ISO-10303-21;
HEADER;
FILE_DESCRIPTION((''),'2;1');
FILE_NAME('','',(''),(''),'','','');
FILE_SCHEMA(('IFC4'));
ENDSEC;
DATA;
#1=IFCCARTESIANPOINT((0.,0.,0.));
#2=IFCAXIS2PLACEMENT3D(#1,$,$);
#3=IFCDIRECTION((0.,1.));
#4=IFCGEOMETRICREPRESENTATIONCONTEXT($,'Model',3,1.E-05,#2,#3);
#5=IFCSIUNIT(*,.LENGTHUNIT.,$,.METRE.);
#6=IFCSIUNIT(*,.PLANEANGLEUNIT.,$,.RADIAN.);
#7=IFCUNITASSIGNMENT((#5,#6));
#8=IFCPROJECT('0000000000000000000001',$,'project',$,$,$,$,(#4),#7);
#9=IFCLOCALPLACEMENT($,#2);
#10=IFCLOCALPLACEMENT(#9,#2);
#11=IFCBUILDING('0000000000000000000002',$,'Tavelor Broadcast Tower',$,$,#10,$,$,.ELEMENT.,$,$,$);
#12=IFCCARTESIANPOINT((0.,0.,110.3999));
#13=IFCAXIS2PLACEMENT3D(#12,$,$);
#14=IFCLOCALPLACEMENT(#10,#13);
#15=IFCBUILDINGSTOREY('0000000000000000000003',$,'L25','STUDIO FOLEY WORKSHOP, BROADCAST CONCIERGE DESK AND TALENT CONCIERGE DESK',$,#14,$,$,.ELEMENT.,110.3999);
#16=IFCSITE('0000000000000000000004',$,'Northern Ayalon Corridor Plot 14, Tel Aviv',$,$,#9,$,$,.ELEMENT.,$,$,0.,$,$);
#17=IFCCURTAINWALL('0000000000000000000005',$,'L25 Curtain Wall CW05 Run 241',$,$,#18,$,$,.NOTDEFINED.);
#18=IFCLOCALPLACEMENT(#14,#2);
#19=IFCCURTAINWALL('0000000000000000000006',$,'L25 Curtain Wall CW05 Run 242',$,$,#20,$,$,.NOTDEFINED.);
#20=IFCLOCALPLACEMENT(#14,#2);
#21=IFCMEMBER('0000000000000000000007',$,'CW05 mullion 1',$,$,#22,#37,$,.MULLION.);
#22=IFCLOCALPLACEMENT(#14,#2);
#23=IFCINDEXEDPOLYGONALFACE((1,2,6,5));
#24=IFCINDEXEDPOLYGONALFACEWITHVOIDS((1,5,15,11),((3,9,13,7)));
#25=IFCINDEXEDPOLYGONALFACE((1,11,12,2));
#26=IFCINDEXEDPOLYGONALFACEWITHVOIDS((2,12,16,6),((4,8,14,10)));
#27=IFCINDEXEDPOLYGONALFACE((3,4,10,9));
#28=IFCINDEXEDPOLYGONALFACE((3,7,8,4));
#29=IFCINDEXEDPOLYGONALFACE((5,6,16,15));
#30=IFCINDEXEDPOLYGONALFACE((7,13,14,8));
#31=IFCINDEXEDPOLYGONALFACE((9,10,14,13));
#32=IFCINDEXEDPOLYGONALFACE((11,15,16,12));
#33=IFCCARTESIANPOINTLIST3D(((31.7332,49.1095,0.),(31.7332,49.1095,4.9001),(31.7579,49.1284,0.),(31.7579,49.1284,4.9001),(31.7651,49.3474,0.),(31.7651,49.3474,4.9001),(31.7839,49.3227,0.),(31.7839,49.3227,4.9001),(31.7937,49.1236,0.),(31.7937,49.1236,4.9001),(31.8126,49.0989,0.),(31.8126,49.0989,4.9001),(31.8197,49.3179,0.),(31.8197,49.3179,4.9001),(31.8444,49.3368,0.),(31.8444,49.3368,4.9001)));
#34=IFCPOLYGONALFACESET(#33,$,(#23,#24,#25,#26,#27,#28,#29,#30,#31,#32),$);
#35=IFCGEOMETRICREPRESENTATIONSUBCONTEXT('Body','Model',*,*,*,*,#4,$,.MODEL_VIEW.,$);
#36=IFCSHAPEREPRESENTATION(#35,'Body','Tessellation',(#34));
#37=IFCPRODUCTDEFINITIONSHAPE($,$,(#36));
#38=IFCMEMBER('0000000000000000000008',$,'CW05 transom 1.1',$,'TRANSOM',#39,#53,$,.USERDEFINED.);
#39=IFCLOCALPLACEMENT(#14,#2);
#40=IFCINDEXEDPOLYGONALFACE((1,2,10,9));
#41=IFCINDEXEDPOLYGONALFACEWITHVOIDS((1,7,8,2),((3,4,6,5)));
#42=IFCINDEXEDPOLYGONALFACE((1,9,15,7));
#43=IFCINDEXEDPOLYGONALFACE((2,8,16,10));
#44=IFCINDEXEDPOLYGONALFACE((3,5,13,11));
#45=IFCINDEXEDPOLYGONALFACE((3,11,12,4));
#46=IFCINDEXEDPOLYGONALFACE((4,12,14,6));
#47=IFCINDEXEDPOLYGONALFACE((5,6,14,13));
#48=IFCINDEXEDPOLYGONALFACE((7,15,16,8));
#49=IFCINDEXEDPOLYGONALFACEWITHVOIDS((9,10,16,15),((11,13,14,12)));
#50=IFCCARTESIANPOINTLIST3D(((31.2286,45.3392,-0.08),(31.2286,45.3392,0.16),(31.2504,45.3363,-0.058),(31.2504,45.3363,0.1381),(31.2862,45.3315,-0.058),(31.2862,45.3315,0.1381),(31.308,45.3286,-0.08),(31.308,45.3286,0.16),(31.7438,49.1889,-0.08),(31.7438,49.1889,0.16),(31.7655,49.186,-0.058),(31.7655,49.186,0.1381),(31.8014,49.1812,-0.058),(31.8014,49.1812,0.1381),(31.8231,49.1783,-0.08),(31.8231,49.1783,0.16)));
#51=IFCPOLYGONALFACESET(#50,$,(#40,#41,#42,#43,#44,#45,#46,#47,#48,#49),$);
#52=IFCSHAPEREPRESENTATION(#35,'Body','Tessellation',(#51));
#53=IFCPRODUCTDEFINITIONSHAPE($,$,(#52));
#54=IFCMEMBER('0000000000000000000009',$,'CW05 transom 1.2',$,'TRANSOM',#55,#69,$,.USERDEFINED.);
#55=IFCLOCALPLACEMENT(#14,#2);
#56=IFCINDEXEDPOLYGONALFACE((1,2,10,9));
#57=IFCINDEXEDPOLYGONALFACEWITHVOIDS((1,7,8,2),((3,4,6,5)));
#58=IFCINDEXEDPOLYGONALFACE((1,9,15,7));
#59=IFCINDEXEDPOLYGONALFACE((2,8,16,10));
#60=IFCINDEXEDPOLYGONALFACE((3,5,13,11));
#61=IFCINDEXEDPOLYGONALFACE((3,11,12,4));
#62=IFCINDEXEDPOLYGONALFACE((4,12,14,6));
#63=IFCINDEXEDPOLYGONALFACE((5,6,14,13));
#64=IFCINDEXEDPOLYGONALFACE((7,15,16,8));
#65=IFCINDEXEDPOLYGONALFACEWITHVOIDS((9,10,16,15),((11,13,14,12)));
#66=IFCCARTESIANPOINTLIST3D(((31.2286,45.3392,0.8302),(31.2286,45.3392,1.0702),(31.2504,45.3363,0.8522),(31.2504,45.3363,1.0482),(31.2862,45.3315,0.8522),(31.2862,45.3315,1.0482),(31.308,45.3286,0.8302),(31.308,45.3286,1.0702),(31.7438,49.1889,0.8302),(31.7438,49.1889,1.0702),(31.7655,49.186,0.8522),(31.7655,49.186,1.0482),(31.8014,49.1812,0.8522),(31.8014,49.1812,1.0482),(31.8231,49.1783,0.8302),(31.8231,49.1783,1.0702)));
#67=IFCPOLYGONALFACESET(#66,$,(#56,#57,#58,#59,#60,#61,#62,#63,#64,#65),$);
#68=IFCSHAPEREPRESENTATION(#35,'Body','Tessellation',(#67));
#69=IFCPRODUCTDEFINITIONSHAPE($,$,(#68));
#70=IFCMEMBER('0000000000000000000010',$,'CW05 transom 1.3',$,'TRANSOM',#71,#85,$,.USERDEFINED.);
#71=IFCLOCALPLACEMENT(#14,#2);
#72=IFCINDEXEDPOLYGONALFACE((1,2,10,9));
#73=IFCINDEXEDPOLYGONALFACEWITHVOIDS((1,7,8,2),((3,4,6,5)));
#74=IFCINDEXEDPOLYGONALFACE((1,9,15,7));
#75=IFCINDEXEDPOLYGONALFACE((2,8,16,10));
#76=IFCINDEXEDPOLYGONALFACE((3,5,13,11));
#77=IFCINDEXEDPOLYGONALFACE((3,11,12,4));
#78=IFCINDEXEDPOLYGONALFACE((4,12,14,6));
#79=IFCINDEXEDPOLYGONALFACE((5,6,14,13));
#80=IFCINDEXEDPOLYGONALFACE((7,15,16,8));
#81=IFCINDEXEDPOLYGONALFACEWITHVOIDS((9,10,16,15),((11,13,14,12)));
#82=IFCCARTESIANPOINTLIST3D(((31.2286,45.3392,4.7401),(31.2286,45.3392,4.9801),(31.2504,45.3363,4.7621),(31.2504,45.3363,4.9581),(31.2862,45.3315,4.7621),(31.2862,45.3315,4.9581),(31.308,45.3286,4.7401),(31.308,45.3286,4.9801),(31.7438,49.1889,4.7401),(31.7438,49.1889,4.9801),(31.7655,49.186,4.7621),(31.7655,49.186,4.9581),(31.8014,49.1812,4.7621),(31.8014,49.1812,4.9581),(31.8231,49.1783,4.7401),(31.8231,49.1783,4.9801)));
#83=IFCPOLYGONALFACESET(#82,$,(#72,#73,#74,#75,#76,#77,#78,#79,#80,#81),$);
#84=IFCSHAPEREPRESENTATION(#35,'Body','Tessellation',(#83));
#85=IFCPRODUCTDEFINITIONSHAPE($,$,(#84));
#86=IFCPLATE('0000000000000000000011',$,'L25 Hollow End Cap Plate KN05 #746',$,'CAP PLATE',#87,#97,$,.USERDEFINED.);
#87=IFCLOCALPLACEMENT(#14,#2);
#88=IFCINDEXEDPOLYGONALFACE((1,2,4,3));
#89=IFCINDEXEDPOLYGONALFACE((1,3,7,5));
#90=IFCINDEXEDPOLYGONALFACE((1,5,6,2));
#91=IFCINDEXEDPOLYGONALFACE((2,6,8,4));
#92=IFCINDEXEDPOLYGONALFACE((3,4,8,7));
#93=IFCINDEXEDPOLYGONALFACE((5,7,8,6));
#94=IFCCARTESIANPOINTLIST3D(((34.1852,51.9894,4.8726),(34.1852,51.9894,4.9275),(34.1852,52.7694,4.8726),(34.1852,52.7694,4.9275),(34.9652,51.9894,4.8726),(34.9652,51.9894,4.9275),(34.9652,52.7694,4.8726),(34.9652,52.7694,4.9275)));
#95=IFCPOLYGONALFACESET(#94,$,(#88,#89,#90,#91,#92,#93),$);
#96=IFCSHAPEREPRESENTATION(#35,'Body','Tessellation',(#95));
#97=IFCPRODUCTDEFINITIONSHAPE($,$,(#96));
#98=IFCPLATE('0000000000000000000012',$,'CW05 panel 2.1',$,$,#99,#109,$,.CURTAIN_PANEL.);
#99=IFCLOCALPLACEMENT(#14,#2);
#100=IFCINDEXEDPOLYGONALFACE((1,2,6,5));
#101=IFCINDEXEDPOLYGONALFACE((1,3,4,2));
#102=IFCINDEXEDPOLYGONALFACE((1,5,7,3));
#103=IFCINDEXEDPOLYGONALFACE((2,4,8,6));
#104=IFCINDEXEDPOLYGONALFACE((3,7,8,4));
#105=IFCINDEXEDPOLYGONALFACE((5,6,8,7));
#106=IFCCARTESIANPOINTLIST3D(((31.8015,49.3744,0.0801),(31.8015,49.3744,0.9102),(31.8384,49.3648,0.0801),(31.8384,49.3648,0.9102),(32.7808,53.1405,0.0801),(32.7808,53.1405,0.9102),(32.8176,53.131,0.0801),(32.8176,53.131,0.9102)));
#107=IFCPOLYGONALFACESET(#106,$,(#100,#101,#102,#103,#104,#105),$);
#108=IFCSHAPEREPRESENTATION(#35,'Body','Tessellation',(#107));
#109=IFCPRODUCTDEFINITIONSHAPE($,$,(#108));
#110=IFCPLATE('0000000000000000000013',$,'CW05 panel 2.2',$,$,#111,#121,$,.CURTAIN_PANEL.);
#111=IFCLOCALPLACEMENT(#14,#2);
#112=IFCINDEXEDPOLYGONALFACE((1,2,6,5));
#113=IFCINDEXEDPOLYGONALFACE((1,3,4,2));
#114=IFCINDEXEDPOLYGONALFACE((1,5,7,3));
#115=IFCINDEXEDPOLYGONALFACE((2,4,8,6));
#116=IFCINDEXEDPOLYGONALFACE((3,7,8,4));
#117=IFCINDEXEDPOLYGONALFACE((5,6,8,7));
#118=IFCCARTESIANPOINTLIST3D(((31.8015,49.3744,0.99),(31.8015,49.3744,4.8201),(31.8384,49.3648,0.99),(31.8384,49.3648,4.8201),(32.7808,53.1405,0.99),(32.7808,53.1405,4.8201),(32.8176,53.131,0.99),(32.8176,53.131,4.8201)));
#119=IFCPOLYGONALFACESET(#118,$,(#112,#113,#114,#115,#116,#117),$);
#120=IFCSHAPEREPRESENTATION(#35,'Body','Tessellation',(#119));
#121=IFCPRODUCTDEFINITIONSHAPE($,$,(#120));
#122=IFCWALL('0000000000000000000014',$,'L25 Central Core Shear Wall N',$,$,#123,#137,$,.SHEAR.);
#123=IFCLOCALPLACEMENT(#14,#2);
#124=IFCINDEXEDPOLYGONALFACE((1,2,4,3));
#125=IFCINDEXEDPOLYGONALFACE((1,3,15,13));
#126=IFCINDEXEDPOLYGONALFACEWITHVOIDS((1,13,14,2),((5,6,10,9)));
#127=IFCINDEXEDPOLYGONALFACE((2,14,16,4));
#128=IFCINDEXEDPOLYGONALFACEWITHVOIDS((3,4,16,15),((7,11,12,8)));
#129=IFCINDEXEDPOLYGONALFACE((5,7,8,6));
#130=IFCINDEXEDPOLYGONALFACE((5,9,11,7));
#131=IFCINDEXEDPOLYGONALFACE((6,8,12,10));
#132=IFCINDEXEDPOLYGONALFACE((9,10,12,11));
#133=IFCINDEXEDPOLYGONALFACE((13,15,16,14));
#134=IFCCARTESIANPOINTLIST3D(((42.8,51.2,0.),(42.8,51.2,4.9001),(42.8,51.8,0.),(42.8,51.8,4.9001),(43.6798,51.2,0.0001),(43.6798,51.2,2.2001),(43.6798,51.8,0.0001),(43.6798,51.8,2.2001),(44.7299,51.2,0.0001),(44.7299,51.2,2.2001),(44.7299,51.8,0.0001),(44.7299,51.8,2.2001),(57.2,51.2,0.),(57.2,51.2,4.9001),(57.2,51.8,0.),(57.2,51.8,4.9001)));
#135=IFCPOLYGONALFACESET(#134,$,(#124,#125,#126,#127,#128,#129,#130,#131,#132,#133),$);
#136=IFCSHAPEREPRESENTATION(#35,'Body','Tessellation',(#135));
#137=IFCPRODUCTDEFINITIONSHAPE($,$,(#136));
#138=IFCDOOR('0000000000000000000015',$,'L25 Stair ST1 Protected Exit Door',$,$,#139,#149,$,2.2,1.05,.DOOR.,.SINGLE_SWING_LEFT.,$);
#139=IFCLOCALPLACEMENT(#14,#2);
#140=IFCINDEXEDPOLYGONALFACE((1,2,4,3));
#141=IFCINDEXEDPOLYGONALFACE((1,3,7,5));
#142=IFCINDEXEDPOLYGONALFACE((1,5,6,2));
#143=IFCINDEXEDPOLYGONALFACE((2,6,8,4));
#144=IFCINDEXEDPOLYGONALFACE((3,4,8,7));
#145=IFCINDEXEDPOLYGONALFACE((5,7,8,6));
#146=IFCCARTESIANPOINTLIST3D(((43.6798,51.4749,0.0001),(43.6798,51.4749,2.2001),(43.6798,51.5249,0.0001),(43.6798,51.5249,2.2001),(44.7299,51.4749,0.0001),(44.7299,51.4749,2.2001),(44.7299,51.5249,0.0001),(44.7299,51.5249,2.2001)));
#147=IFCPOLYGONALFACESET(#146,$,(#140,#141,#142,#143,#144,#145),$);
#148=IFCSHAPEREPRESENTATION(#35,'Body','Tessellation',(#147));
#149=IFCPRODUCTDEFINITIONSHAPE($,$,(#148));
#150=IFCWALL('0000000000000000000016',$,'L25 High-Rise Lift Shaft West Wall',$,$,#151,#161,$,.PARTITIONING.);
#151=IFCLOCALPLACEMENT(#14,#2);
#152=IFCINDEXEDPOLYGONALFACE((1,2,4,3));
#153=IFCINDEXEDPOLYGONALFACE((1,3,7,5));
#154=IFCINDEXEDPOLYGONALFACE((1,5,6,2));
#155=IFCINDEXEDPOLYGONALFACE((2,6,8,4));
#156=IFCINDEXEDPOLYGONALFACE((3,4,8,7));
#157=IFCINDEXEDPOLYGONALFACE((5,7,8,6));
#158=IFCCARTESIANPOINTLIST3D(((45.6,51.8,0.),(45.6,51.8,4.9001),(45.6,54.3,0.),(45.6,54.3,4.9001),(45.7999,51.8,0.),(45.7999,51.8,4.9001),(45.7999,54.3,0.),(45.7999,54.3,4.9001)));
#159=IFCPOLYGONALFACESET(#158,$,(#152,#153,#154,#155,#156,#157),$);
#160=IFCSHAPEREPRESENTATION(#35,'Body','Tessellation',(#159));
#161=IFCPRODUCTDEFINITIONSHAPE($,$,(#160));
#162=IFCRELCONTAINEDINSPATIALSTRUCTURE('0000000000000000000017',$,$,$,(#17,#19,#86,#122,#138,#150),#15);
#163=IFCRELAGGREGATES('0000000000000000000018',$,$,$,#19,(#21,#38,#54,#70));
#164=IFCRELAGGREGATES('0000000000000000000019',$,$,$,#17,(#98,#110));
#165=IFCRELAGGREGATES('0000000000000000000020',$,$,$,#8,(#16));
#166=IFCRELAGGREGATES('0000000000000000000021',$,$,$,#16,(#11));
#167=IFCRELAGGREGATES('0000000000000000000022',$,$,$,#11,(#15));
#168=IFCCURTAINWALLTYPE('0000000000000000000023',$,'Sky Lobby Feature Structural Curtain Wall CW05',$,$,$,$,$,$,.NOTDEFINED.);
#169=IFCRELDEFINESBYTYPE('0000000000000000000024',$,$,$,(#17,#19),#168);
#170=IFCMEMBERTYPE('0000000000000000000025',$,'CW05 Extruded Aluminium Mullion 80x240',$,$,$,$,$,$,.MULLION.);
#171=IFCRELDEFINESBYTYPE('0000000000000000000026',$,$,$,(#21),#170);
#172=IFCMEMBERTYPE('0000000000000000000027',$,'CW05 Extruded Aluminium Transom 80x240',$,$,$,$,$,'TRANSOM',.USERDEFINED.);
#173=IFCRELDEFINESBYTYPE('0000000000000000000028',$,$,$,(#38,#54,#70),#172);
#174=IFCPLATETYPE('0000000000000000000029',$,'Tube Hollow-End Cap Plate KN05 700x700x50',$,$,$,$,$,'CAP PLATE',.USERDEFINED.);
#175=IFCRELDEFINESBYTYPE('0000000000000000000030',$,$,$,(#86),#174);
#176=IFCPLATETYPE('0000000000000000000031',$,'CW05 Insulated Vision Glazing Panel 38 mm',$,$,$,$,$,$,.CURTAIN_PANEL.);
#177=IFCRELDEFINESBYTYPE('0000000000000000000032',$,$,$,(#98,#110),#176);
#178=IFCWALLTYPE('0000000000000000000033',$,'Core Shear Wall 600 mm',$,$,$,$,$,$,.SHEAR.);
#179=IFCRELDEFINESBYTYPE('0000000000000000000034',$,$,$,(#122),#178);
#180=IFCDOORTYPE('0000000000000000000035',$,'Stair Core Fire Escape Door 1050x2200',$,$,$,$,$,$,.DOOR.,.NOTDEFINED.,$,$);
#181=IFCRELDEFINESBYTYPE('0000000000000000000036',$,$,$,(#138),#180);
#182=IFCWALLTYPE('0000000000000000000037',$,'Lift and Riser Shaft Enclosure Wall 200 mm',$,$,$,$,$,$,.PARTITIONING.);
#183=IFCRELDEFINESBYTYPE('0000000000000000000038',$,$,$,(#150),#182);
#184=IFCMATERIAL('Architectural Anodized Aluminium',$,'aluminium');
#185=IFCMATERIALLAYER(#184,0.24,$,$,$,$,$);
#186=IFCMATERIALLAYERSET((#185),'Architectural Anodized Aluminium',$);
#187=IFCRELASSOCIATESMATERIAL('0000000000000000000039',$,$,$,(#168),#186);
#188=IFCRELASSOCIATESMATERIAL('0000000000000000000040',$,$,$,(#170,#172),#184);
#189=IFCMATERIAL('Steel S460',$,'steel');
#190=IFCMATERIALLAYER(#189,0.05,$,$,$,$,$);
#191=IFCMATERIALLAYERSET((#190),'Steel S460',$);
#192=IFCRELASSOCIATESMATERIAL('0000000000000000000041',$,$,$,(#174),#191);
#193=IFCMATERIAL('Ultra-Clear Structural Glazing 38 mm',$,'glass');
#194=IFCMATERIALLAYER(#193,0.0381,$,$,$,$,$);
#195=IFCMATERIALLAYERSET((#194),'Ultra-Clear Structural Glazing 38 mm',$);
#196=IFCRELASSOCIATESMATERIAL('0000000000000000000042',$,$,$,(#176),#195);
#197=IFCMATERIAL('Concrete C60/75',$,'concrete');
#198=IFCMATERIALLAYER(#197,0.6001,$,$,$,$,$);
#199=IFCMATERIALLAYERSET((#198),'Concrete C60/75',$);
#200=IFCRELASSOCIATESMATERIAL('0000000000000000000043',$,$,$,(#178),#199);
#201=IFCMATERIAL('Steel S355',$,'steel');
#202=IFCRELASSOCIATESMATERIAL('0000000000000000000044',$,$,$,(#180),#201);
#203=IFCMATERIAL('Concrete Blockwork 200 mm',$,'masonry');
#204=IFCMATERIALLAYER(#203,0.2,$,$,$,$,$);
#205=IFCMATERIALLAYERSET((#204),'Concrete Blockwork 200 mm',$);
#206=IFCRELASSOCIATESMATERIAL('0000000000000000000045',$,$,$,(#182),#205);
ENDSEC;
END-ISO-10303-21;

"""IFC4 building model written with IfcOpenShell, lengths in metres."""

from ifc_helpers import new_model, si_unit, direction, frame, frame_2d, origin, origin_2d, place, context, subcontext, project, spatial, rectangle, hollow_rectangle, extrude, source, transform, mapped, material, layer, layer_set, material_profile, profile_set, type_object, type_shapes, element, fill, aggregate, save


model = new_model("IFC4")

# Units and contexts
model_context = context("Model", 3, precision=1e-05, world=origin(), true_north=direction((0.0, 1.0)))
body_context = subcontext(model_context, "Body", "Model", "MODEL_VIEW")
ifc_project = project(units=[si_unit("LENGTHUNIT", "METRE"), si_unit("PLANEANGLEUNIT", "RADIAN")], contexts=[model_context])

# Site, building, storey
site_placement = place(None, origin())
site = spatial("IfcSite", under=ifc_project, at=site_placement, Name="Northern Ayalon Corridor Plot 14, Tel Aviv", CompositionType="ELEMENT", RefElevation=0.0)
building_placement = place(site_placement, origin())
building = spatial("IfcBuilding", under=site, at=building_placement, Name="Tavelor Broadcast Tower", CompositionType="ELEMENT")
storey_placement = place(building_placement, frame((0.0, 0.0, 110.3999)))
storey = spatial("IfcBuildingStorey", under=building, at=storey_placement, Name="L25", Description="STUDIO FOLEY WORKSHOP, BROADCAST CONCIERGE DESK AND TALENT CONCIERGE DESK", CompositionType="ELEMENT", Elevation=110.3999)

# Shared definitions
ifc_material_1 = material(Name="Steel S460", Category="steel")

# Shared definitions
ifc_material_2 = material(Name="Steel S355", Category="steel")

# Curtain wall
ifc_material_3 = material(Name="Architectural Anodized Aluminium", Category="aluminium")
ifc_layer_1 = layer(ifc_material_3, 0.24)
ifc_layer_set_1 = layer_set([ifc_layer_1], Name="Architectural Anodized Aluminium")
curtain_wall_type = type_object("IfcCurtainWallType", Name="Sky Lobby Feature Structural Curtain Wall CW05", PredefinedType="NOTDEFINED", material=ifc_layer_set_1)
curtain_wall_1_placement = place(storey_placement, origin())
curtain_wall_1 = element("IfcCurtainWall", 1, at=curtain_wall_1_placement, inside=storey, type_object=curtain_wall_type, Name="L25 Curtain Wall CW05 Run 241", PredefinedType="NOTDEFINED")
ifc_material_profile_1 = material_profile(ifc_material_3, hollow_rectangle(XDim=0.0801, YDim=0.24, WallThickness=0.022, at=origin_2d()), Name="RHS 80x240x22")
ifc_profile_set_1 = profile_set([ifc_material_profile_1], Name="Architectural Anodized Aluminium")
member_type_1 = type_object("IfcMemberType", Name="CW05 Extruded Aluminium Mullion 80x240", PredefinedType="MULLION", material=ifc_profile_set_1)
shared_shape_1 = source(origin(), body_context, "Body", "SweptSolid", [
    extrude(hollow_rectangle(XDim=0.0801, YDim=0.24, WallThickness=0.022, at=origin_2d()), origin(), (0.0, 0.0, 1.0), 4.9001),
])
type_shapes(member_type_1, [shared_shape_1])

# Curtain wall, members
curtain_wall_2_placement = place(storey_placement, origin())
curtain_wall_2 = element("IfcCurtainWall", 2, at=curtain_wall_2_placement, inside=storey, type_object=curtain_wall_type, Name="L25 Curtain Wall CW05 Run 242", PredefinedType="NOTDEFINED")
member_1_placement = place(storey_placement, frame((31.7888, 49.2231, 0.0), z_axis=(0.0, 0.0, 1.0), x_axis=(0.99116, -0.132671, 0.0)))
member_1 = element("IfcMember", 3, at=member_1_placement, type_object=member_type_1, Name="CW05 mullion 1", PredefinedType="MULLION", context=body_context, shape_type="MappedRepresentation", body=[
    mapped(shared_shape_1, transform((0.0, 0.0, 0.0), scale=1.0)),
])
ifc_material_profile_2 = material_profile(ifc_material_3, hollow_rectangle(XDim=0.0801, YDim=0.24, WallThickness=0.022, at=origin_2d()), Name="RHS 80x240x22")
ifc_profile_set_2 = profile_set([ifc_material_profile_2], Name="Architectural Anodized Aluminium")
member_type_2 = type_object("IfcMemberType", Name="CW05 Extruded Aluminium Transom 80x240", ElementType="TRANSOM", PredefinedType="USERDEFINED", material=ifc_profile_set_2)
shared_shape_2 = source(origin(), body_context, "Body", "SweptSolid", [
    extrude(hollow_rectangle(XDim=0.0801, YDim=0.24, WallThickness=0.022, at=origin_2d()), origin(), (0.0, 0.0, 1.0), 3.884),
])
type_shapes(member_type_2, [shared_shape_2])
member_2_placement = place(storey_placement, frame((31.7834, 49.1836, 0.04), z_axis=(-0.132633, -0.991165, 0.0), x_axis=(0.991165, -0.132633, 0.0)))
member_2 = element("IfcMember", 4, at=member_2_placement, type_object=member_type_2, Name="CW05 transom 1.1", ObjectType="TRANSOM", PredefinedType="USERDEFINED", context=body_context, shape_type="MappedRepresentation", body=[
    mapped(shared_shape_2, transform((0.0, 0.0, 0.0), scale=1.0)),
])
member_3_placement = place(storey_placement, frame((31.7834, 49.1836, 0.9502), z_axis=(-0.132633, -0.991165, 0.0), x_axis=(0.991165, -0.132633, 0.0)))
member_3 = element("IfcMember", 5, at=member_3_placement, type_object=member_type_2, Name="CW05 transom 1.2", ObjectType="TRANSOM", PredefinedType="USERDEFINED", context=body_context, shape_type="MappedRepresentation", body=[
    mapped(shared_shape_2, transform((0.0, 0.0, 0.0), scale=1.0)),
])
member_4_placement = place(storey_placement, frame((31.7834, 49.1836, 4.8601), z_axis=(-0.132633, -0.991165, 0.0), x_axis=(0.991165, -0.132633, 0.0)))
member_4 = element("IfcMember", 6, at=member_4_placement, type_object=member_type_2, Name="CW05 transom 1.3", ObjectType="TRANSOM", PredefinedType="USERDEFINED", context=body_context, shape_type="MappedRepresentation", body=[
    mapped(shared_shape_2, transform((0.0, 0.0, 0.0), scale=1.0)),
])
aggregate(curtain_wall_2, [member_1, member_2, member_3, member_4])

# Plates
ifc_layer_2 = layer(ifc_material_1, 0.05)
ifc_layer_set_2 = layer_set([ifc_layer_2], Name="Steel S460")
plate_type_1 = type_object("IfcPlateType", Name="Tube Hollow-End Cap Plate KN05 700x700x50", ElementType="CAP PLATE", PredefinedType="USERDEFINED", material=ifc_layer_set_2)
shared_shape_3 = source(origin(), body_context, "Body", "SweptSolid", [
    extrude(rectangle(XDim=0.78, YDim=0.78, at=origin_2d()), origin(), (0.0, 0.0, 1.0), 0.0549),
])
type_shapes(plate_type_1, [shared_shape_3])
plate_1_placement = place(storey_placement, frame((34.5752, 52.3794, 4.8726), z_axis=(0.0, 0.0, 1.0), x_axis=(1.0, 0.0, 0.0)))
element("IfcPlate", 7, at=plate_1_placement, inside=storey, type_object=plate_type_1, Name="L25 Hollow End Cap Plate KN05 #746", ObjectType="CAP PLATE", PredefinedType="USERDEFINED", context=body_context, shape_type="MappedRepresentation", body=[
    mapped(shared_shape_3, transform((0.0, 0.0, 0.0), scale=1.0)),
])
ifc_material_4 = material(Name="Ultra-Clear Structural Glazing 38 mm", Category="glass")
ifc_layer_3 = layer(ifc_material_4, 0.0381)
ifc_layer_set_3 = layer_set([ifc_layer_3], Name="Ultra-Clear Structural Glazing 38 mm")
plate_type_2 = type_object("IfcPlateType", Name="CW05 Insulated Vision Glazing Panel 38 mm", PredefinedType="CURTAIN_PANEL", material=ifc_layer_set_3)
shared_shape_4 = source(origin(), body_context, "Body", "SweptSolid", [
    extrude(rectangle(XDim=3.8914, YDim=0.0381, at=origin_2d()), origin(), (0.0, 0.0, 1.0), 0.8301),
])
plate_2_placement = place(storey_placement, frame((32.3096, 51.2527, 0.0801), z_axis=(0.0, 0.0, 1.0), x_axis=(-0.251655, -0.967817, 0.0)))
plate_2 = element("IfcPlate", 8, at=plate_2_placement, type_object=plate_type_2, Name="CW05 panel 2.1", PredefinedType="CURTAIN_PANEL", context=body_context, shape_type="MappedRepresentation", body=[
    mapped(shared_shape_4, transform((0.0, 0.0, 0.0), scale=1.0)),
])
shared_shape_5 = source(origin(), body_context, "Body", "SweptSolid", [
    extrude(rectangle(XDim=3.8914, YDim=0.0381, at=origin_2d()), origin(), (0.0, 0.0, 1.0), 3.8301),
])
type_shapes(plate_type_2, [shared_shape_4, shared_shape_5])
plate_3_placement = place(storey_placement, frame((32.3096, 51.2527, 0.99), z_axis=(0.0, 0.0, 1.0), x_axis=(-0.251655, -0.967817, 0.0)))
plate_3 = element("IfcPlate", 9, at=plate_3_placement, type_object=plate_type_2, Name="CW05 panel 2.2", PredefinedType="CURTAIN_PANEL", context=body_context, shape_type="MappedRepresentation", body=[
    mapped(shared_shape_5, transform((0.0, 0.0, 0.0), scale=1.0)),
])
aggregate(curtain_wall_1, [plate_2, plate_3])

# Wall, opening, door
ifc_material_5 = material(Name="Concrete C60/75", Category="concrete")
ifc_layer_4 = layer(ifc_material_5, 0.6001)
ifc_layer_set_4 = layer_set([ifc_layer_4], Name="Concrete C60/75")
wall_type_1 = type_object("IfcWallType", Name="Core Shear Wall 600 mm", PredefinedType="SHEAR", material=ifc_layer_set_4)
wall_1_placement = place(storey_placement, frame((42.8, 51.5, 0.0), z_axis=(0.0, 0.0, 1.0), x_axis=(1.0, 0.0, 0.0)))
wall_1 = element("IfcWall", 10, at=wall_1_placement, inside=storey, type_object=wall_type_1, Name="L25 Central Core Shear Wall N", PredefinedType="SHEAR", context=body_context, shape_type="SweptSolid", body=[
    extrude(rectangle(XDim=14.3999, YDim=0.6001, at=frame_2d((7.2, 0.0))), origin(), (0.0, 0.0, 1.0), 4.9001),
])
opening_placement = place(wall_1_placement, frame((0.8799, 0.0, 0.0)))
opening = element("IfcOpeningElement", 11, at=opening_placement, cuts=wall_1, PredefinedType="OPENING", context=body_context, shape_type="SweptSolid", body=[
    extrude(rectangle(XDim=1.05, YDim=2.2, at=frame_2d((0.5249, 1.1001))), frame((0.0, 0.3101, 0.0), z_axis=(0.0, -1.0, 0.0), x_axis=(1.0, 0.0, 0.0)), (0.0, 0.0, 1.0), 0.6201),
])
door_type = type_object("IfcDoorType", Name="Stair Core Fire Escape Door 1050x2200", OperationType="NOTDEFINED", PredefinedType="DOOR", material=ifc_material_2)
door_placement = place(opening_placement, origin())
door = element("IfcDoor", 12, at=door_placement, inside=storey, type_object=door_type, Name="L25 Stair ST1 Protected Exit Door", OperationType="SINGLE_SWING_LEFT", OverallHeight=2.2, OverallWidth=1.05, PredefinedType="DOOR", context=body_context, shape_type="SweptSolid", body=[
    extrude(rectangle(XDim=1.05, YDim=2.2, at=frame_2d((0.5249, 1.1001))), frame((0.0, 0.0249, 0.0), z_axis=(0.0, -1.0, 0.0), x_axis=(1.0, 0.0, 0.0)), (0.0, 0.0, 1.0), 0.05),
])
fill(opening, door)

# Wall
ifc_material_6 = material(Name="Concrete Blockwork 200 mm", Category="masonry")
ifc_layer_5 = layer(ifc_material_6, 0.2)
ifc_layer_set_5 = layer_set([ifc_layer_5], Name="Concrete Blockwork 200 mm")
wall_type_2 = type_object("IfcWallType", Name="Lift and Riser Shaft Enclosure Wall 200 mm", PredefinedType="PARTITIONING", material=ifc_layer_set_5)
wall_2_placement = place(storey_placement, frame((45.7, 51.8, 0.0), z_axis=(0.0, 0.0, 1.0), x_axis=(0.0, 1.0, 0.0)))
element("IfcWall", 13, at=wall_2_placement, inside=storey, type_object=wall_type_2, Name="L25 High-Rise Lift Shaft West Wall", PredefinedType="PARTITIONING", context=body_context, shape_type="SweptSolid", body=[
    extrude(rectangle(XDim=2.5, YDim=0.2, at=frame_2d((1.25, 0.0))), origin(), (0.0, 0.0, 1.0), 4.9001),
])

save(model, "model.ifc")
